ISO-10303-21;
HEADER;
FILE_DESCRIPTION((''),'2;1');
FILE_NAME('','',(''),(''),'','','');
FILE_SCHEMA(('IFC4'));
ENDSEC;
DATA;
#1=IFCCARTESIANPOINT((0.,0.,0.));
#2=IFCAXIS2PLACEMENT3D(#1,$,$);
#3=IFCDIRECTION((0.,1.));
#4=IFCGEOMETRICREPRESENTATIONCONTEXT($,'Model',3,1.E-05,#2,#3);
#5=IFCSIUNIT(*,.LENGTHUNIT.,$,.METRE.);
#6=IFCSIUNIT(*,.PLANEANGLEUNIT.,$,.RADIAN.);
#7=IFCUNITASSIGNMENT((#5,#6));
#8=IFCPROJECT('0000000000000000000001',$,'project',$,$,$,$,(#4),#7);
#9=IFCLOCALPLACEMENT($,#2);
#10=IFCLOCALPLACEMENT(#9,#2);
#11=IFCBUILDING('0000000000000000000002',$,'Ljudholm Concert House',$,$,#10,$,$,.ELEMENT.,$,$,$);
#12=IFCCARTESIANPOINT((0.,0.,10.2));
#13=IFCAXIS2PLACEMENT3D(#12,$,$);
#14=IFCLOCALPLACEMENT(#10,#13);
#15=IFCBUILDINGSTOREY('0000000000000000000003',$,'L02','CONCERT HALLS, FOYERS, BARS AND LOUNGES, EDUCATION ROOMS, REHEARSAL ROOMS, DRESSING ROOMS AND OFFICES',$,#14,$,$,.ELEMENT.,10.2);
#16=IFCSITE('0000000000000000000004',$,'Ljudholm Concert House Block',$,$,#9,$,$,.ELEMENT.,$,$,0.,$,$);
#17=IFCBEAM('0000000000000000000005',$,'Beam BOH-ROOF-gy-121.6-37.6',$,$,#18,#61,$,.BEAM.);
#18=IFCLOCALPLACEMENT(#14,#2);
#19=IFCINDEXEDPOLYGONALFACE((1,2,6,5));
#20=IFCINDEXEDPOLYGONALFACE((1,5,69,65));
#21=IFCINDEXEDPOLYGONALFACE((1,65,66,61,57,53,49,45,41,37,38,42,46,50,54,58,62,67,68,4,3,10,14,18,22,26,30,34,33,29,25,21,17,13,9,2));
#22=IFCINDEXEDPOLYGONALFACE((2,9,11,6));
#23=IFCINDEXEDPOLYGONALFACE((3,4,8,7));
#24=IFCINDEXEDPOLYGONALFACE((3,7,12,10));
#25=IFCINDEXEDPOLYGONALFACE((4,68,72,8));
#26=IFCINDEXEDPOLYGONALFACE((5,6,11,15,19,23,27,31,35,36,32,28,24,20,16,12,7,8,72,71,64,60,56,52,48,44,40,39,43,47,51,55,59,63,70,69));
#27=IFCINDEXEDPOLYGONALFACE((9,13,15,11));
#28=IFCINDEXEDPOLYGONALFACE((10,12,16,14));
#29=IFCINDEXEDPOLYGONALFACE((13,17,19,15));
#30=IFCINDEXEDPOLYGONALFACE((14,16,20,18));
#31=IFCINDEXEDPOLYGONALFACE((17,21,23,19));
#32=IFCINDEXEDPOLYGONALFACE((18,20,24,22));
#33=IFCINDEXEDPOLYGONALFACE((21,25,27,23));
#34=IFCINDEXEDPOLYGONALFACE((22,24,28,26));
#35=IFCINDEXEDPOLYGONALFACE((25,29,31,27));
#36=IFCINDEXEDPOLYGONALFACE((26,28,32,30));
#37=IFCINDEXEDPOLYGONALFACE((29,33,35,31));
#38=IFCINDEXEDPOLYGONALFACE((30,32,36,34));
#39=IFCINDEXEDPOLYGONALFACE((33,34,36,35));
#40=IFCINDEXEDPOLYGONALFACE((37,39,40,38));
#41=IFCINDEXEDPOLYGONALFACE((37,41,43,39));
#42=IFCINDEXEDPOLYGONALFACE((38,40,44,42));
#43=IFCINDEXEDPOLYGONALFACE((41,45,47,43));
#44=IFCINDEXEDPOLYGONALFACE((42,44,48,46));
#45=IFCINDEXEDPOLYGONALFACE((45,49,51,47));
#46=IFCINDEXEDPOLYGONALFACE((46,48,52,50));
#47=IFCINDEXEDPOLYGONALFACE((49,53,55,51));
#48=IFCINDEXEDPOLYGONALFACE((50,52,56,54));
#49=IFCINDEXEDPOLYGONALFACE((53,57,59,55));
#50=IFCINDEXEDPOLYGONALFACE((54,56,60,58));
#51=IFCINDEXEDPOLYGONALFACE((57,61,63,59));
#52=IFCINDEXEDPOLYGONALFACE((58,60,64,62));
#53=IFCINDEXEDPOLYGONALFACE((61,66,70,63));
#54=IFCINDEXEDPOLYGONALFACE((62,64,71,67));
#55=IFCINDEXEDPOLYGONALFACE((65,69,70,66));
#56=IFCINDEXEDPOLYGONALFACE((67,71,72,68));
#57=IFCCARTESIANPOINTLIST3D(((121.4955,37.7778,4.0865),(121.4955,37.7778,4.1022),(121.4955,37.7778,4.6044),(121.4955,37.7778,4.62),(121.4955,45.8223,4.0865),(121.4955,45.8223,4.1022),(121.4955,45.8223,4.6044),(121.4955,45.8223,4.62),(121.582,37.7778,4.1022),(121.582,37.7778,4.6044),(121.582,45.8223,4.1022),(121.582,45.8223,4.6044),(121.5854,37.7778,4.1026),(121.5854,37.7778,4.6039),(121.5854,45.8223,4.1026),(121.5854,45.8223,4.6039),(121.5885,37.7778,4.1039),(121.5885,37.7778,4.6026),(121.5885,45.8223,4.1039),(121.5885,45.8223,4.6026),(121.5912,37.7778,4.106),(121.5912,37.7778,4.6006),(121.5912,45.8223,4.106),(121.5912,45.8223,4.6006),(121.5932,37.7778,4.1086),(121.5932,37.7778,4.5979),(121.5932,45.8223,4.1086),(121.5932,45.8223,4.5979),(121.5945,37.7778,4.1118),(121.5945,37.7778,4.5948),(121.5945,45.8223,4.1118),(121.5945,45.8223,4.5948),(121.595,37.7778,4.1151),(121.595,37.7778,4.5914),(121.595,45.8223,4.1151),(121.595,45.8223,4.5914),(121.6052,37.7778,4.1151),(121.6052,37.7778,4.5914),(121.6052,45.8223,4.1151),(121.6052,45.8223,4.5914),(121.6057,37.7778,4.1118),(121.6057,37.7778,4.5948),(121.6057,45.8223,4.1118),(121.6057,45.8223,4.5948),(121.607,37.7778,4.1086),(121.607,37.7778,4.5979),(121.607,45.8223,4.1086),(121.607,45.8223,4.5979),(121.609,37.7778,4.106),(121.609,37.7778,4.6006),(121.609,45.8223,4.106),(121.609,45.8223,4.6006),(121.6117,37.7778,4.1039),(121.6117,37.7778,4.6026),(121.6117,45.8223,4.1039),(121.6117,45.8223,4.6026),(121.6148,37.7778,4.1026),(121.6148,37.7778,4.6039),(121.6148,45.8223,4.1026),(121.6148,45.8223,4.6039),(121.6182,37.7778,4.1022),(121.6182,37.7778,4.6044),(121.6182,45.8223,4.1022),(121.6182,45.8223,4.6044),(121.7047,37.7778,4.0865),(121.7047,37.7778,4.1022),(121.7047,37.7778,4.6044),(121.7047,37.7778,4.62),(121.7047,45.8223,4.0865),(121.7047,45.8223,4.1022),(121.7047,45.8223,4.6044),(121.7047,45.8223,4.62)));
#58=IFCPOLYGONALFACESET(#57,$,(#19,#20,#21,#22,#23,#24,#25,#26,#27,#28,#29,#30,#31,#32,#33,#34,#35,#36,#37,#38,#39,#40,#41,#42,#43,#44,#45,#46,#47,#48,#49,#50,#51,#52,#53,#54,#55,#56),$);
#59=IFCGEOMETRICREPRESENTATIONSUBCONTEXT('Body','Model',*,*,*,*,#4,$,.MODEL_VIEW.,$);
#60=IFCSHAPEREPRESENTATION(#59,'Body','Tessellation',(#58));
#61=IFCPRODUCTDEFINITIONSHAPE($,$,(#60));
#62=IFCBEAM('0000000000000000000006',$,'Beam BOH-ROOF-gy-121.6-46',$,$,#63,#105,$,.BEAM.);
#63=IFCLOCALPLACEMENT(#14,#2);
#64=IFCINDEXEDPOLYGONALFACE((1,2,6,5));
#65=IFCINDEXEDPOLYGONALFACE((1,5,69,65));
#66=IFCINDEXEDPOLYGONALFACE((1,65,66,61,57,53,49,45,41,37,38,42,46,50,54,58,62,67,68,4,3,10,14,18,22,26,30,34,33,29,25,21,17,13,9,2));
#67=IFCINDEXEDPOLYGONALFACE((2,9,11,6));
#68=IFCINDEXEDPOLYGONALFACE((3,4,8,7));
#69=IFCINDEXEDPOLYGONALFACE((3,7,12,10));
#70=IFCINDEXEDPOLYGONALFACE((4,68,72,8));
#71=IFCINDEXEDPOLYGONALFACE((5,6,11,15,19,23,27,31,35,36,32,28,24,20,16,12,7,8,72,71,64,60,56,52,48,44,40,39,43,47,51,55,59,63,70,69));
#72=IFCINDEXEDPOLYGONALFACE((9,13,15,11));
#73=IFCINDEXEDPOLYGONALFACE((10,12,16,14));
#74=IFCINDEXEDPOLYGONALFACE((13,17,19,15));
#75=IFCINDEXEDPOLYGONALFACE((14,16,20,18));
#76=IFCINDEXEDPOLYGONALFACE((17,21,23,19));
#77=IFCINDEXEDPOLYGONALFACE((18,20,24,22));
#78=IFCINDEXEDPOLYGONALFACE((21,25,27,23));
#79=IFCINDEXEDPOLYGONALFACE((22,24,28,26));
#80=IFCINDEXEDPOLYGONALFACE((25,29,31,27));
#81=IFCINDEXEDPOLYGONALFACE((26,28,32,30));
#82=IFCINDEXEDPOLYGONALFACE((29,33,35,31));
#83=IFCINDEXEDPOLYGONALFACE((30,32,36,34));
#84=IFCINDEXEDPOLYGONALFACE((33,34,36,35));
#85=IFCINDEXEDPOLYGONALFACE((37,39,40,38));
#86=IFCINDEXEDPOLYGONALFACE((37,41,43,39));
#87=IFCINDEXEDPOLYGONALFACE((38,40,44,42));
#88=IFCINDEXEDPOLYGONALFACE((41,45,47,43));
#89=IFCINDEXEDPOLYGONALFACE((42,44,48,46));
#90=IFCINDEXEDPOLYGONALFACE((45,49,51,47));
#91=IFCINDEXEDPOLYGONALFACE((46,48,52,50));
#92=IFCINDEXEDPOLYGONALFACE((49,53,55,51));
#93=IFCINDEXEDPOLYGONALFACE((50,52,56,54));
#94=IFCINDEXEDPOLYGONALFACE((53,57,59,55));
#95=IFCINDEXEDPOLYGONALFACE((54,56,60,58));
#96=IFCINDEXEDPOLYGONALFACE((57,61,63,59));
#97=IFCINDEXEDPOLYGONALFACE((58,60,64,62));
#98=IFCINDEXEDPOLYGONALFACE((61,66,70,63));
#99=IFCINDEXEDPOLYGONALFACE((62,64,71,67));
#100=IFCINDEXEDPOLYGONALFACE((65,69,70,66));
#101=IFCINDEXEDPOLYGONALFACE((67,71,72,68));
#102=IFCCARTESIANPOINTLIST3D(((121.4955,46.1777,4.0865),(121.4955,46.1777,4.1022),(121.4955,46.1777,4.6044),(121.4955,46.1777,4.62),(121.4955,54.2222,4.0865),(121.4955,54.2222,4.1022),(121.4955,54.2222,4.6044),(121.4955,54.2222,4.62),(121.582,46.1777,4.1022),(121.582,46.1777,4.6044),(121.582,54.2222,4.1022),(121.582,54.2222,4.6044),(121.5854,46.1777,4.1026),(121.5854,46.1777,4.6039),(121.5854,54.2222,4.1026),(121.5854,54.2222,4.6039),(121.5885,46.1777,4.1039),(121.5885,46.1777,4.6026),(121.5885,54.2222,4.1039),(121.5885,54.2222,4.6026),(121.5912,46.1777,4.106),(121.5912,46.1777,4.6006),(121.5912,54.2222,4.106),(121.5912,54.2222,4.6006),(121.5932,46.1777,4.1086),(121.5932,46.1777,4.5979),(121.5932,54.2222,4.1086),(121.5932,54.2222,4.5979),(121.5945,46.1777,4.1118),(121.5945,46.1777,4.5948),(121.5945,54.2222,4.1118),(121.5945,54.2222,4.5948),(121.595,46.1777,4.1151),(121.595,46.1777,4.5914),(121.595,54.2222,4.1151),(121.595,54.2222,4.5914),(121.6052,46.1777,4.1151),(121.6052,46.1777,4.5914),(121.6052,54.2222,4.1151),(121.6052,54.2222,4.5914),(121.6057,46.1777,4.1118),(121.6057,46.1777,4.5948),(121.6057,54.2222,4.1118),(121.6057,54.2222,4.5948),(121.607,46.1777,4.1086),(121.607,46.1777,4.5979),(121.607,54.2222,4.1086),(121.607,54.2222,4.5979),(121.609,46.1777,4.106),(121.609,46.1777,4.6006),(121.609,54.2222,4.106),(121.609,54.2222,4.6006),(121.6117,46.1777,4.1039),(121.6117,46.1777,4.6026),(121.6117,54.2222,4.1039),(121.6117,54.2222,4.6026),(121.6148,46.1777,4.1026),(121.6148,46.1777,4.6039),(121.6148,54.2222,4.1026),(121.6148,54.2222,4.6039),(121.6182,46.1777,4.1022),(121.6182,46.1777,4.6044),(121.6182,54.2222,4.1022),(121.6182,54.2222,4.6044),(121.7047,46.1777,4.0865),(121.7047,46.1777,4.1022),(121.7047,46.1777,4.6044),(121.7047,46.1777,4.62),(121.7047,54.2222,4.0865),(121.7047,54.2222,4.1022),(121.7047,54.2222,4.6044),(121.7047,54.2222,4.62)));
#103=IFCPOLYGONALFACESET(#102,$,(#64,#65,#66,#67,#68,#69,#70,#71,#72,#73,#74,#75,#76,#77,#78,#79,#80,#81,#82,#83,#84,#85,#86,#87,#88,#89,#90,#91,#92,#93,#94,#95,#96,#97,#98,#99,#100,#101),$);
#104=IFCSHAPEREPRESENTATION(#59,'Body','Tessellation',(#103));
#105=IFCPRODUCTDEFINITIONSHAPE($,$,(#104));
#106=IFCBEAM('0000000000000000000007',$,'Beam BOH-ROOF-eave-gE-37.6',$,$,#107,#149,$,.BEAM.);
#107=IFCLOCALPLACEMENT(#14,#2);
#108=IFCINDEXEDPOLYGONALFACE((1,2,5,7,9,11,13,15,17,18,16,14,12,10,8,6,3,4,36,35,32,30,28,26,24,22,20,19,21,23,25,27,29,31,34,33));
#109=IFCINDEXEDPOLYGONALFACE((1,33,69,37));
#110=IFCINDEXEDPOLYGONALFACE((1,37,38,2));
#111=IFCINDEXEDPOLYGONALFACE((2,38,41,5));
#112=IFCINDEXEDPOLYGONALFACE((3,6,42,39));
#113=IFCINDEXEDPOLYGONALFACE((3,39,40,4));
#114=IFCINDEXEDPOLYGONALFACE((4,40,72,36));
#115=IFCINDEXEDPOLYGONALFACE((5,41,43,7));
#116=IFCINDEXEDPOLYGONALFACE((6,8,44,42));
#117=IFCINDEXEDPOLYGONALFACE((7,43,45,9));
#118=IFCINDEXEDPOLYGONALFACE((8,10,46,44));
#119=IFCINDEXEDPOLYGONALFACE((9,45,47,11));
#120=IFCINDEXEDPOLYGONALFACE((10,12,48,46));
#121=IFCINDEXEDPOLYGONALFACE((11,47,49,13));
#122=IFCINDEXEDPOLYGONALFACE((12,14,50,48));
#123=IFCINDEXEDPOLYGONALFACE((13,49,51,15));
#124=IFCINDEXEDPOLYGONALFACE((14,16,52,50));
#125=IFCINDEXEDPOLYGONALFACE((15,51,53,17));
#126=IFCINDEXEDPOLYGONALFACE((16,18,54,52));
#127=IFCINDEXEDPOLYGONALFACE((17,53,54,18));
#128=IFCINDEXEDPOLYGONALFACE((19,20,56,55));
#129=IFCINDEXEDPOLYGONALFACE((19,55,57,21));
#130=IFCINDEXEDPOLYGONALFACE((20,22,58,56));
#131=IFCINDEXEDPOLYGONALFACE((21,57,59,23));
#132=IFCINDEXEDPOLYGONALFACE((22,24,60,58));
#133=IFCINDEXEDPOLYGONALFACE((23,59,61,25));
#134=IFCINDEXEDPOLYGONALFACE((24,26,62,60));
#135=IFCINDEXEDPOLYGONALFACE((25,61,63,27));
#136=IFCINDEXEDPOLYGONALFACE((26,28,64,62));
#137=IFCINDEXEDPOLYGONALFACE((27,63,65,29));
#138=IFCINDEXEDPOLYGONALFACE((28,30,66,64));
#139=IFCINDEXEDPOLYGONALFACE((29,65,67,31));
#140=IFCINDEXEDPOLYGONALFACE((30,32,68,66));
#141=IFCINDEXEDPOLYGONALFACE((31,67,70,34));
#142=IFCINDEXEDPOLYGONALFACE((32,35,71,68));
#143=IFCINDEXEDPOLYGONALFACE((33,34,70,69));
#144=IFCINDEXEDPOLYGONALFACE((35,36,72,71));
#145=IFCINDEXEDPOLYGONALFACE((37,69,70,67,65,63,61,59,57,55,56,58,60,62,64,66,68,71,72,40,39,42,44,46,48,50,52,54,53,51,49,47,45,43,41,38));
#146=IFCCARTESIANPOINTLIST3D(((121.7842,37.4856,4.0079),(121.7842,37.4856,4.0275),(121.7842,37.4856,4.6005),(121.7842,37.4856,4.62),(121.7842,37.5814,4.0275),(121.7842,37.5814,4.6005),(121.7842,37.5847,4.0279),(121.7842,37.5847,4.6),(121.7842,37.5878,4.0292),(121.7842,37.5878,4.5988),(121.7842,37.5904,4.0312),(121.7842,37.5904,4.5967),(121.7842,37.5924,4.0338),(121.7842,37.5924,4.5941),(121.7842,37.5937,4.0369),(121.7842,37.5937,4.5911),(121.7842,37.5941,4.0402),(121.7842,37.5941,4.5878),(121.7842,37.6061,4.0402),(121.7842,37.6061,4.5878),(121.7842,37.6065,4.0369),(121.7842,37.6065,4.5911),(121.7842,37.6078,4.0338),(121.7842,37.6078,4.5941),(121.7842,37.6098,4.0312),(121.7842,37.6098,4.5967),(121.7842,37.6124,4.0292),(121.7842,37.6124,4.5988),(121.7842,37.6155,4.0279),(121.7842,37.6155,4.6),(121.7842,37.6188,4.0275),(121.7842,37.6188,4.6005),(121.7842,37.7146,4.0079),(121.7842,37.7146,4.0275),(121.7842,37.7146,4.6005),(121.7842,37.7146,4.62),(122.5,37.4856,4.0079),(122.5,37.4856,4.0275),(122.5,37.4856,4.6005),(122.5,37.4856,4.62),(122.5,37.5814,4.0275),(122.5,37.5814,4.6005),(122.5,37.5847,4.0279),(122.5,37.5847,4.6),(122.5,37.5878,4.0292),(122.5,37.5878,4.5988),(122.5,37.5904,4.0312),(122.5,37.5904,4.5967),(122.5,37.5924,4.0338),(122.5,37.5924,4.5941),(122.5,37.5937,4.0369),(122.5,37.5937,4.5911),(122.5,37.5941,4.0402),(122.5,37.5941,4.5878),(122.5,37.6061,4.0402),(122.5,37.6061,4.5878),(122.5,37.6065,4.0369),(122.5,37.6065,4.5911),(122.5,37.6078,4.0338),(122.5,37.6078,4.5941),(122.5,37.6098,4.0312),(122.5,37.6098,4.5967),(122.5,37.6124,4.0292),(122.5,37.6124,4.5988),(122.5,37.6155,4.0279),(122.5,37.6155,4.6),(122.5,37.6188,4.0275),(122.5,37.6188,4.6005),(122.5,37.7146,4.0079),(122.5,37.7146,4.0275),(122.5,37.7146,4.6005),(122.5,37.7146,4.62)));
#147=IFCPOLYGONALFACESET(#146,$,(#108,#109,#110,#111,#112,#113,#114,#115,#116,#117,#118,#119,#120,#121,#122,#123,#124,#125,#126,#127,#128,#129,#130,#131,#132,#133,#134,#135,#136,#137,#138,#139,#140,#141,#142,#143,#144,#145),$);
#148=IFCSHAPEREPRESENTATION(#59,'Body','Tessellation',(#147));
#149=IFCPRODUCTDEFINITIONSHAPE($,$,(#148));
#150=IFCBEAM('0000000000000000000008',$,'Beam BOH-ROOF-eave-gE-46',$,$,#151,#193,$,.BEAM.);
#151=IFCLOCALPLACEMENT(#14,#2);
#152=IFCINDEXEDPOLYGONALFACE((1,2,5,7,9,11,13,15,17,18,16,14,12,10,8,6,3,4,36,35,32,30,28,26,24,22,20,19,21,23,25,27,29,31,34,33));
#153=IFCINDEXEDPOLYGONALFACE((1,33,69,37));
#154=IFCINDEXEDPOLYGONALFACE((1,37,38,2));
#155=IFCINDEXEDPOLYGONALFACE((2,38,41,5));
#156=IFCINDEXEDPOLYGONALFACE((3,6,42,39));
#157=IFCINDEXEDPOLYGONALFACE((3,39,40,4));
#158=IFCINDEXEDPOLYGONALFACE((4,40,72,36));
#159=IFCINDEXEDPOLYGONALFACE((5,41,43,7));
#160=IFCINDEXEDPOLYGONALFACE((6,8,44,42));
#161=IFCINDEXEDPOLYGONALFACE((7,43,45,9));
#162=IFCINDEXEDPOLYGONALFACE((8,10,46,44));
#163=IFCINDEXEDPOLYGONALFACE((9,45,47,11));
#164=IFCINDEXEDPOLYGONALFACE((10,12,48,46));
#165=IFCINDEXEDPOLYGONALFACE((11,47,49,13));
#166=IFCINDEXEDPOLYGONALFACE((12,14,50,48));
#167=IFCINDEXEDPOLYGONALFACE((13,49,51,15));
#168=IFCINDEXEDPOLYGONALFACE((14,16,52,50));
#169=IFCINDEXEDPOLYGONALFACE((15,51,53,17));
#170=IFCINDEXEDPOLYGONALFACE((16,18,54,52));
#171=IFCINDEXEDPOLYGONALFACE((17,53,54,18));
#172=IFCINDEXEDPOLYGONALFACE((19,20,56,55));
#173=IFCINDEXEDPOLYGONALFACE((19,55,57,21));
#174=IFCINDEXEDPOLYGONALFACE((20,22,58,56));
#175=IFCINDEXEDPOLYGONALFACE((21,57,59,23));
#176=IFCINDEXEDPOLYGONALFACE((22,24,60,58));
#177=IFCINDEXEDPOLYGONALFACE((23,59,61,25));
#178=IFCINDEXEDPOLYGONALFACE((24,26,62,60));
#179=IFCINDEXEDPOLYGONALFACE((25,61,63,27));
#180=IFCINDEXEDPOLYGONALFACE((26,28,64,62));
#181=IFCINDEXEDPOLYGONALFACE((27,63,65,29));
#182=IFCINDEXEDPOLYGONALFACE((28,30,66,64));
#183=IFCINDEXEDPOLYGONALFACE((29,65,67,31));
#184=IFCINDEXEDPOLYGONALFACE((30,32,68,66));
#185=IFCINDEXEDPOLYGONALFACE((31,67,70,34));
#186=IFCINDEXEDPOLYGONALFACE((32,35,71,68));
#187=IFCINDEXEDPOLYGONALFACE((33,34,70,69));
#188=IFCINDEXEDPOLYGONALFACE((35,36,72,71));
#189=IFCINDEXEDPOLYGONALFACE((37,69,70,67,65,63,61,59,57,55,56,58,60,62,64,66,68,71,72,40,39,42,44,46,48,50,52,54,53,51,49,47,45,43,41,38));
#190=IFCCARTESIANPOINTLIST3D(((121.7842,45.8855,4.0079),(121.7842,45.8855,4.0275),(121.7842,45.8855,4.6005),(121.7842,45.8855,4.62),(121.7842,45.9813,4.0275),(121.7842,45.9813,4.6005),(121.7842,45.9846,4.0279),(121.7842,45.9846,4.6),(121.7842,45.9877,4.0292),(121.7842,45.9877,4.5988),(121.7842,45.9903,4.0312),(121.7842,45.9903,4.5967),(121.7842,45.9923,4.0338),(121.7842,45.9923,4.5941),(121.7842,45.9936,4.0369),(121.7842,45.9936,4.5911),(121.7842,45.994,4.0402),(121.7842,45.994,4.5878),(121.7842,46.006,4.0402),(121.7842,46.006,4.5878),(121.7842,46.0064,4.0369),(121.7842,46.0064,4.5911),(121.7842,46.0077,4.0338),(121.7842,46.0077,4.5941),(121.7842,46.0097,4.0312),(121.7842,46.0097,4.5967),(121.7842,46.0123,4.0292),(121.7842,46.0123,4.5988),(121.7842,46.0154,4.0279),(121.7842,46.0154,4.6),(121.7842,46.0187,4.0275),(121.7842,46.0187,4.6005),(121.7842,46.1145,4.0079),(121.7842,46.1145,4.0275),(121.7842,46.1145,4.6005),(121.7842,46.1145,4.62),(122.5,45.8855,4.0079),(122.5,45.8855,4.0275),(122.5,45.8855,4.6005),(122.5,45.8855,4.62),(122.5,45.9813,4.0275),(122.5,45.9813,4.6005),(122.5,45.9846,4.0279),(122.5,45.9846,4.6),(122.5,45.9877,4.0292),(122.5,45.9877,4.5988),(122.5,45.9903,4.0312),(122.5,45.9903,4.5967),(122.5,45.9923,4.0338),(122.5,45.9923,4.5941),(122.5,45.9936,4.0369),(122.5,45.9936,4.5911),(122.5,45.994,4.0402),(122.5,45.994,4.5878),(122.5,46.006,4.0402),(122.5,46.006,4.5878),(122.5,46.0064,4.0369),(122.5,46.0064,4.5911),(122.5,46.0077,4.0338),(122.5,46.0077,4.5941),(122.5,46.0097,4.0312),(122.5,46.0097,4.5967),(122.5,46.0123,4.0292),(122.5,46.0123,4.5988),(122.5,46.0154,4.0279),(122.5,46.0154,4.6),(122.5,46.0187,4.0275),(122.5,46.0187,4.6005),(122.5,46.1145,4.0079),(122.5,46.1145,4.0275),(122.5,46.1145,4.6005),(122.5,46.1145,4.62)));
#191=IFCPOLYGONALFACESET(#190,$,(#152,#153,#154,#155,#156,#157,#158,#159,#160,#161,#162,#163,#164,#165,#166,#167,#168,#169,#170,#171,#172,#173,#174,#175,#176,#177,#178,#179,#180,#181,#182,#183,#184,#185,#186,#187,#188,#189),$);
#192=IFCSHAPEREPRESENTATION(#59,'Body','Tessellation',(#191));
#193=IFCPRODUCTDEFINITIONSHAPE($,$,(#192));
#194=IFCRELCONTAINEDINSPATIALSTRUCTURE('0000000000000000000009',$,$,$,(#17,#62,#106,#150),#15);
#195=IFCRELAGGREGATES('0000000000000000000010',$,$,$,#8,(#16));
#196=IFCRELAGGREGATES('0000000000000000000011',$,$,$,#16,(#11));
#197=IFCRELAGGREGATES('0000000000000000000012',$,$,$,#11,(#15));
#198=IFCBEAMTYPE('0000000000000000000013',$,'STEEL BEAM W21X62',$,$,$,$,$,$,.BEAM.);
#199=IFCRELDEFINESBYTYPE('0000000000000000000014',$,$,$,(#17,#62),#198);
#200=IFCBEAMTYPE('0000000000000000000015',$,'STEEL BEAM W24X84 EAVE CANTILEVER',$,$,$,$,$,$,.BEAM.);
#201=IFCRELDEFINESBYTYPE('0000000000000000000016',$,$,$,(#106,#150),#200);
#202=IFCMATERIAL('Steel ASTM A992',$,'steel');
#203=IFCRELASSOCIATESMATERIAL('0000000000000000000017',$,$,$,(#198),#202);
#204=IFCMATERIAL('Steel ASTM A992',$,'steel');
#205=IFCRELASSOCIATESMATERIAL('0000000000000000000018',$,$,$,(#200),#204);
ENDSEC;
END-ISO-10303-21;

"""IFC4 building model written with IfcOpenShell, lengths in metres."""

from ifc_helpers import new_model, si_unit, direction, frame, origin, origin_2d, place, context, subcontext, project, spatial, i_section, extrude, material, material_profile, profile_set, type_object, element, save


model = new_model("IFC4")

# Units and contexts
model_context = context("Model", 3, precision=1e-05, world=origin(), true_north=direction((0.0, 1.0)))
body_context = subcontext(model_context, "Body", "Model", "MODEL_VIEW")
ifc_project = project(units=[si_unit("LENGTHUNIT", "METRE"), si_unit("PLANEANGLEUNIT", "RADIAN")], contexts=[model_context])

# Site, building, storey
site_placement = place(None, origin())
site = spatial("IfcSite", under=ifc_project, at=site_placement, Name="Ljudholm Concert House Block", CompositionType="ELEMENT", RefElevation=0.0)
building_placement = place(site_placement, origin())
building = spatial("IfcBuilding", under=site, at=building_placement, Name="Ljudholm Concert House", CompositionType="ELEMENT")
storey_placement = place(building_placement, frame((0.0, 0.0, 10.2)))
storey = spatial("IfcBuildingStorey", under=building, at=storey_placement, Name="L02", Description="CONCERT HALLS, FOYERS, BARS AND LOUNGES, EDUCATION ROOMS, REHEARSAL ROOMS, DRESSING ROOMS AND OFFICES", CompositionType="ELEMENT", Elevation=10.2)

# Beams
ifc_material_1 = material(Name="Steel ASTM A992", Category="steel")
ifc_material_profile_1 = material_profile(ifc_material_1, i_section(OverallWidth=0.2092, OverallDepth=0.5334, WebThickness=0.0103, FlangeThickness=0.0156, FilletRadius=0.0129, at=origin_2d()), Name="W21X62")
ifc_profile_set_1 = profile_set([ifc_material_profile_1], Name="Steel ASTM A992")
beam_type_1 = type_object("IfcBeamType", Name="STEEL BEAM W21X62", PredefinedType="BEAM", material=ifc_profile_set_1)
for number, where, z_axis, x_axis, name in (
    (1, (121.6001, 37.7778, 4.3533), (0.0, 1.0, 0.0), (-1.0, 0.0, 0.0), "Beam BOH-ROOF-gy-121.6-37.6"),
    (2, (121.6001, 46.1777, 4.3533), (0.0, 1.0, 0.0), (-1.0, 0.0, 0.0), "Beam BOH-ROOF-gy-121.6-46"),
):
    element("IfcBeam", number, at=place(storey_placement, frame(where, z_axis=z_axis, x_axis=x_axis)), inside=storey, type_object=beam_type_1, Name=name, PredefinedType="BEAM", context=body_context, shape_type="SweptSolid", body=[
        extrude(i_section(OverallWidth=0.2092, OverallDepth=0.5334, WebThickness=0.0103, FlangeThickness=0.0156, FilletRadius=0.0129, at=origin_2d()), origin(), (0.0, 0.0, 1.0), 8.0444),
    ])
ifc_material_2 = material(Name="Steel ASTM A992", Category="steel")
ifc_material_profile_2 = material_profile(ifc_material_2, i_section(OverallWidth=0.229, OverallDepth=0.6121, WebThickness=0.012, FlangeThickness=0.0195, FilletRadius=0.0127, at=origin_2d()), Name="W24X84")
ifc_profile_set_2 = profile_set([ifc_material_profile_2], Name="Steel ASTM A992")
beam_type_2 = type_object("IfcBeamType", Name="STEEL BEAM W24X84 EAVE CANTILEVER", PredefinedType="BEAM", material=ifc_profile_set_2)
for number, where, z_axis, x_axis, name in (
    (3, (121.7842, 37.6001, 4.314), (1.0, 0.0, 0.0), (0.0, 1.0, 0.0), "Beam BOH-ROOF-eave-gE-37.6"),
    (4, (121.7842, 46.0, 4.314), (1.0, 0.0, 0.0), (0.0, 1.0, 0.0), "Beam BOH-ROOF-eave-gE-46"),
):
    element("IfcBeam", number, at=place(storey_placement, frame(where, z_axis=z_axis, x_axis=x_axis)), inside=storey, type_object=beam_type_2, Name=name, PredefinedType="BEAM", context=body_context, shape_type="SweptSolid", body=[
        extrude(i_section(OverallWidth=0.229, OverallDepth=0.6121, WebThickness=0.012, FlangeThickness=0.0195, FilletRadius=0.0127, at=origin_2d()), origin(), (0.0, 0.0, 1.0), 0.7158),
    ])

save(model, "model.ifc")
